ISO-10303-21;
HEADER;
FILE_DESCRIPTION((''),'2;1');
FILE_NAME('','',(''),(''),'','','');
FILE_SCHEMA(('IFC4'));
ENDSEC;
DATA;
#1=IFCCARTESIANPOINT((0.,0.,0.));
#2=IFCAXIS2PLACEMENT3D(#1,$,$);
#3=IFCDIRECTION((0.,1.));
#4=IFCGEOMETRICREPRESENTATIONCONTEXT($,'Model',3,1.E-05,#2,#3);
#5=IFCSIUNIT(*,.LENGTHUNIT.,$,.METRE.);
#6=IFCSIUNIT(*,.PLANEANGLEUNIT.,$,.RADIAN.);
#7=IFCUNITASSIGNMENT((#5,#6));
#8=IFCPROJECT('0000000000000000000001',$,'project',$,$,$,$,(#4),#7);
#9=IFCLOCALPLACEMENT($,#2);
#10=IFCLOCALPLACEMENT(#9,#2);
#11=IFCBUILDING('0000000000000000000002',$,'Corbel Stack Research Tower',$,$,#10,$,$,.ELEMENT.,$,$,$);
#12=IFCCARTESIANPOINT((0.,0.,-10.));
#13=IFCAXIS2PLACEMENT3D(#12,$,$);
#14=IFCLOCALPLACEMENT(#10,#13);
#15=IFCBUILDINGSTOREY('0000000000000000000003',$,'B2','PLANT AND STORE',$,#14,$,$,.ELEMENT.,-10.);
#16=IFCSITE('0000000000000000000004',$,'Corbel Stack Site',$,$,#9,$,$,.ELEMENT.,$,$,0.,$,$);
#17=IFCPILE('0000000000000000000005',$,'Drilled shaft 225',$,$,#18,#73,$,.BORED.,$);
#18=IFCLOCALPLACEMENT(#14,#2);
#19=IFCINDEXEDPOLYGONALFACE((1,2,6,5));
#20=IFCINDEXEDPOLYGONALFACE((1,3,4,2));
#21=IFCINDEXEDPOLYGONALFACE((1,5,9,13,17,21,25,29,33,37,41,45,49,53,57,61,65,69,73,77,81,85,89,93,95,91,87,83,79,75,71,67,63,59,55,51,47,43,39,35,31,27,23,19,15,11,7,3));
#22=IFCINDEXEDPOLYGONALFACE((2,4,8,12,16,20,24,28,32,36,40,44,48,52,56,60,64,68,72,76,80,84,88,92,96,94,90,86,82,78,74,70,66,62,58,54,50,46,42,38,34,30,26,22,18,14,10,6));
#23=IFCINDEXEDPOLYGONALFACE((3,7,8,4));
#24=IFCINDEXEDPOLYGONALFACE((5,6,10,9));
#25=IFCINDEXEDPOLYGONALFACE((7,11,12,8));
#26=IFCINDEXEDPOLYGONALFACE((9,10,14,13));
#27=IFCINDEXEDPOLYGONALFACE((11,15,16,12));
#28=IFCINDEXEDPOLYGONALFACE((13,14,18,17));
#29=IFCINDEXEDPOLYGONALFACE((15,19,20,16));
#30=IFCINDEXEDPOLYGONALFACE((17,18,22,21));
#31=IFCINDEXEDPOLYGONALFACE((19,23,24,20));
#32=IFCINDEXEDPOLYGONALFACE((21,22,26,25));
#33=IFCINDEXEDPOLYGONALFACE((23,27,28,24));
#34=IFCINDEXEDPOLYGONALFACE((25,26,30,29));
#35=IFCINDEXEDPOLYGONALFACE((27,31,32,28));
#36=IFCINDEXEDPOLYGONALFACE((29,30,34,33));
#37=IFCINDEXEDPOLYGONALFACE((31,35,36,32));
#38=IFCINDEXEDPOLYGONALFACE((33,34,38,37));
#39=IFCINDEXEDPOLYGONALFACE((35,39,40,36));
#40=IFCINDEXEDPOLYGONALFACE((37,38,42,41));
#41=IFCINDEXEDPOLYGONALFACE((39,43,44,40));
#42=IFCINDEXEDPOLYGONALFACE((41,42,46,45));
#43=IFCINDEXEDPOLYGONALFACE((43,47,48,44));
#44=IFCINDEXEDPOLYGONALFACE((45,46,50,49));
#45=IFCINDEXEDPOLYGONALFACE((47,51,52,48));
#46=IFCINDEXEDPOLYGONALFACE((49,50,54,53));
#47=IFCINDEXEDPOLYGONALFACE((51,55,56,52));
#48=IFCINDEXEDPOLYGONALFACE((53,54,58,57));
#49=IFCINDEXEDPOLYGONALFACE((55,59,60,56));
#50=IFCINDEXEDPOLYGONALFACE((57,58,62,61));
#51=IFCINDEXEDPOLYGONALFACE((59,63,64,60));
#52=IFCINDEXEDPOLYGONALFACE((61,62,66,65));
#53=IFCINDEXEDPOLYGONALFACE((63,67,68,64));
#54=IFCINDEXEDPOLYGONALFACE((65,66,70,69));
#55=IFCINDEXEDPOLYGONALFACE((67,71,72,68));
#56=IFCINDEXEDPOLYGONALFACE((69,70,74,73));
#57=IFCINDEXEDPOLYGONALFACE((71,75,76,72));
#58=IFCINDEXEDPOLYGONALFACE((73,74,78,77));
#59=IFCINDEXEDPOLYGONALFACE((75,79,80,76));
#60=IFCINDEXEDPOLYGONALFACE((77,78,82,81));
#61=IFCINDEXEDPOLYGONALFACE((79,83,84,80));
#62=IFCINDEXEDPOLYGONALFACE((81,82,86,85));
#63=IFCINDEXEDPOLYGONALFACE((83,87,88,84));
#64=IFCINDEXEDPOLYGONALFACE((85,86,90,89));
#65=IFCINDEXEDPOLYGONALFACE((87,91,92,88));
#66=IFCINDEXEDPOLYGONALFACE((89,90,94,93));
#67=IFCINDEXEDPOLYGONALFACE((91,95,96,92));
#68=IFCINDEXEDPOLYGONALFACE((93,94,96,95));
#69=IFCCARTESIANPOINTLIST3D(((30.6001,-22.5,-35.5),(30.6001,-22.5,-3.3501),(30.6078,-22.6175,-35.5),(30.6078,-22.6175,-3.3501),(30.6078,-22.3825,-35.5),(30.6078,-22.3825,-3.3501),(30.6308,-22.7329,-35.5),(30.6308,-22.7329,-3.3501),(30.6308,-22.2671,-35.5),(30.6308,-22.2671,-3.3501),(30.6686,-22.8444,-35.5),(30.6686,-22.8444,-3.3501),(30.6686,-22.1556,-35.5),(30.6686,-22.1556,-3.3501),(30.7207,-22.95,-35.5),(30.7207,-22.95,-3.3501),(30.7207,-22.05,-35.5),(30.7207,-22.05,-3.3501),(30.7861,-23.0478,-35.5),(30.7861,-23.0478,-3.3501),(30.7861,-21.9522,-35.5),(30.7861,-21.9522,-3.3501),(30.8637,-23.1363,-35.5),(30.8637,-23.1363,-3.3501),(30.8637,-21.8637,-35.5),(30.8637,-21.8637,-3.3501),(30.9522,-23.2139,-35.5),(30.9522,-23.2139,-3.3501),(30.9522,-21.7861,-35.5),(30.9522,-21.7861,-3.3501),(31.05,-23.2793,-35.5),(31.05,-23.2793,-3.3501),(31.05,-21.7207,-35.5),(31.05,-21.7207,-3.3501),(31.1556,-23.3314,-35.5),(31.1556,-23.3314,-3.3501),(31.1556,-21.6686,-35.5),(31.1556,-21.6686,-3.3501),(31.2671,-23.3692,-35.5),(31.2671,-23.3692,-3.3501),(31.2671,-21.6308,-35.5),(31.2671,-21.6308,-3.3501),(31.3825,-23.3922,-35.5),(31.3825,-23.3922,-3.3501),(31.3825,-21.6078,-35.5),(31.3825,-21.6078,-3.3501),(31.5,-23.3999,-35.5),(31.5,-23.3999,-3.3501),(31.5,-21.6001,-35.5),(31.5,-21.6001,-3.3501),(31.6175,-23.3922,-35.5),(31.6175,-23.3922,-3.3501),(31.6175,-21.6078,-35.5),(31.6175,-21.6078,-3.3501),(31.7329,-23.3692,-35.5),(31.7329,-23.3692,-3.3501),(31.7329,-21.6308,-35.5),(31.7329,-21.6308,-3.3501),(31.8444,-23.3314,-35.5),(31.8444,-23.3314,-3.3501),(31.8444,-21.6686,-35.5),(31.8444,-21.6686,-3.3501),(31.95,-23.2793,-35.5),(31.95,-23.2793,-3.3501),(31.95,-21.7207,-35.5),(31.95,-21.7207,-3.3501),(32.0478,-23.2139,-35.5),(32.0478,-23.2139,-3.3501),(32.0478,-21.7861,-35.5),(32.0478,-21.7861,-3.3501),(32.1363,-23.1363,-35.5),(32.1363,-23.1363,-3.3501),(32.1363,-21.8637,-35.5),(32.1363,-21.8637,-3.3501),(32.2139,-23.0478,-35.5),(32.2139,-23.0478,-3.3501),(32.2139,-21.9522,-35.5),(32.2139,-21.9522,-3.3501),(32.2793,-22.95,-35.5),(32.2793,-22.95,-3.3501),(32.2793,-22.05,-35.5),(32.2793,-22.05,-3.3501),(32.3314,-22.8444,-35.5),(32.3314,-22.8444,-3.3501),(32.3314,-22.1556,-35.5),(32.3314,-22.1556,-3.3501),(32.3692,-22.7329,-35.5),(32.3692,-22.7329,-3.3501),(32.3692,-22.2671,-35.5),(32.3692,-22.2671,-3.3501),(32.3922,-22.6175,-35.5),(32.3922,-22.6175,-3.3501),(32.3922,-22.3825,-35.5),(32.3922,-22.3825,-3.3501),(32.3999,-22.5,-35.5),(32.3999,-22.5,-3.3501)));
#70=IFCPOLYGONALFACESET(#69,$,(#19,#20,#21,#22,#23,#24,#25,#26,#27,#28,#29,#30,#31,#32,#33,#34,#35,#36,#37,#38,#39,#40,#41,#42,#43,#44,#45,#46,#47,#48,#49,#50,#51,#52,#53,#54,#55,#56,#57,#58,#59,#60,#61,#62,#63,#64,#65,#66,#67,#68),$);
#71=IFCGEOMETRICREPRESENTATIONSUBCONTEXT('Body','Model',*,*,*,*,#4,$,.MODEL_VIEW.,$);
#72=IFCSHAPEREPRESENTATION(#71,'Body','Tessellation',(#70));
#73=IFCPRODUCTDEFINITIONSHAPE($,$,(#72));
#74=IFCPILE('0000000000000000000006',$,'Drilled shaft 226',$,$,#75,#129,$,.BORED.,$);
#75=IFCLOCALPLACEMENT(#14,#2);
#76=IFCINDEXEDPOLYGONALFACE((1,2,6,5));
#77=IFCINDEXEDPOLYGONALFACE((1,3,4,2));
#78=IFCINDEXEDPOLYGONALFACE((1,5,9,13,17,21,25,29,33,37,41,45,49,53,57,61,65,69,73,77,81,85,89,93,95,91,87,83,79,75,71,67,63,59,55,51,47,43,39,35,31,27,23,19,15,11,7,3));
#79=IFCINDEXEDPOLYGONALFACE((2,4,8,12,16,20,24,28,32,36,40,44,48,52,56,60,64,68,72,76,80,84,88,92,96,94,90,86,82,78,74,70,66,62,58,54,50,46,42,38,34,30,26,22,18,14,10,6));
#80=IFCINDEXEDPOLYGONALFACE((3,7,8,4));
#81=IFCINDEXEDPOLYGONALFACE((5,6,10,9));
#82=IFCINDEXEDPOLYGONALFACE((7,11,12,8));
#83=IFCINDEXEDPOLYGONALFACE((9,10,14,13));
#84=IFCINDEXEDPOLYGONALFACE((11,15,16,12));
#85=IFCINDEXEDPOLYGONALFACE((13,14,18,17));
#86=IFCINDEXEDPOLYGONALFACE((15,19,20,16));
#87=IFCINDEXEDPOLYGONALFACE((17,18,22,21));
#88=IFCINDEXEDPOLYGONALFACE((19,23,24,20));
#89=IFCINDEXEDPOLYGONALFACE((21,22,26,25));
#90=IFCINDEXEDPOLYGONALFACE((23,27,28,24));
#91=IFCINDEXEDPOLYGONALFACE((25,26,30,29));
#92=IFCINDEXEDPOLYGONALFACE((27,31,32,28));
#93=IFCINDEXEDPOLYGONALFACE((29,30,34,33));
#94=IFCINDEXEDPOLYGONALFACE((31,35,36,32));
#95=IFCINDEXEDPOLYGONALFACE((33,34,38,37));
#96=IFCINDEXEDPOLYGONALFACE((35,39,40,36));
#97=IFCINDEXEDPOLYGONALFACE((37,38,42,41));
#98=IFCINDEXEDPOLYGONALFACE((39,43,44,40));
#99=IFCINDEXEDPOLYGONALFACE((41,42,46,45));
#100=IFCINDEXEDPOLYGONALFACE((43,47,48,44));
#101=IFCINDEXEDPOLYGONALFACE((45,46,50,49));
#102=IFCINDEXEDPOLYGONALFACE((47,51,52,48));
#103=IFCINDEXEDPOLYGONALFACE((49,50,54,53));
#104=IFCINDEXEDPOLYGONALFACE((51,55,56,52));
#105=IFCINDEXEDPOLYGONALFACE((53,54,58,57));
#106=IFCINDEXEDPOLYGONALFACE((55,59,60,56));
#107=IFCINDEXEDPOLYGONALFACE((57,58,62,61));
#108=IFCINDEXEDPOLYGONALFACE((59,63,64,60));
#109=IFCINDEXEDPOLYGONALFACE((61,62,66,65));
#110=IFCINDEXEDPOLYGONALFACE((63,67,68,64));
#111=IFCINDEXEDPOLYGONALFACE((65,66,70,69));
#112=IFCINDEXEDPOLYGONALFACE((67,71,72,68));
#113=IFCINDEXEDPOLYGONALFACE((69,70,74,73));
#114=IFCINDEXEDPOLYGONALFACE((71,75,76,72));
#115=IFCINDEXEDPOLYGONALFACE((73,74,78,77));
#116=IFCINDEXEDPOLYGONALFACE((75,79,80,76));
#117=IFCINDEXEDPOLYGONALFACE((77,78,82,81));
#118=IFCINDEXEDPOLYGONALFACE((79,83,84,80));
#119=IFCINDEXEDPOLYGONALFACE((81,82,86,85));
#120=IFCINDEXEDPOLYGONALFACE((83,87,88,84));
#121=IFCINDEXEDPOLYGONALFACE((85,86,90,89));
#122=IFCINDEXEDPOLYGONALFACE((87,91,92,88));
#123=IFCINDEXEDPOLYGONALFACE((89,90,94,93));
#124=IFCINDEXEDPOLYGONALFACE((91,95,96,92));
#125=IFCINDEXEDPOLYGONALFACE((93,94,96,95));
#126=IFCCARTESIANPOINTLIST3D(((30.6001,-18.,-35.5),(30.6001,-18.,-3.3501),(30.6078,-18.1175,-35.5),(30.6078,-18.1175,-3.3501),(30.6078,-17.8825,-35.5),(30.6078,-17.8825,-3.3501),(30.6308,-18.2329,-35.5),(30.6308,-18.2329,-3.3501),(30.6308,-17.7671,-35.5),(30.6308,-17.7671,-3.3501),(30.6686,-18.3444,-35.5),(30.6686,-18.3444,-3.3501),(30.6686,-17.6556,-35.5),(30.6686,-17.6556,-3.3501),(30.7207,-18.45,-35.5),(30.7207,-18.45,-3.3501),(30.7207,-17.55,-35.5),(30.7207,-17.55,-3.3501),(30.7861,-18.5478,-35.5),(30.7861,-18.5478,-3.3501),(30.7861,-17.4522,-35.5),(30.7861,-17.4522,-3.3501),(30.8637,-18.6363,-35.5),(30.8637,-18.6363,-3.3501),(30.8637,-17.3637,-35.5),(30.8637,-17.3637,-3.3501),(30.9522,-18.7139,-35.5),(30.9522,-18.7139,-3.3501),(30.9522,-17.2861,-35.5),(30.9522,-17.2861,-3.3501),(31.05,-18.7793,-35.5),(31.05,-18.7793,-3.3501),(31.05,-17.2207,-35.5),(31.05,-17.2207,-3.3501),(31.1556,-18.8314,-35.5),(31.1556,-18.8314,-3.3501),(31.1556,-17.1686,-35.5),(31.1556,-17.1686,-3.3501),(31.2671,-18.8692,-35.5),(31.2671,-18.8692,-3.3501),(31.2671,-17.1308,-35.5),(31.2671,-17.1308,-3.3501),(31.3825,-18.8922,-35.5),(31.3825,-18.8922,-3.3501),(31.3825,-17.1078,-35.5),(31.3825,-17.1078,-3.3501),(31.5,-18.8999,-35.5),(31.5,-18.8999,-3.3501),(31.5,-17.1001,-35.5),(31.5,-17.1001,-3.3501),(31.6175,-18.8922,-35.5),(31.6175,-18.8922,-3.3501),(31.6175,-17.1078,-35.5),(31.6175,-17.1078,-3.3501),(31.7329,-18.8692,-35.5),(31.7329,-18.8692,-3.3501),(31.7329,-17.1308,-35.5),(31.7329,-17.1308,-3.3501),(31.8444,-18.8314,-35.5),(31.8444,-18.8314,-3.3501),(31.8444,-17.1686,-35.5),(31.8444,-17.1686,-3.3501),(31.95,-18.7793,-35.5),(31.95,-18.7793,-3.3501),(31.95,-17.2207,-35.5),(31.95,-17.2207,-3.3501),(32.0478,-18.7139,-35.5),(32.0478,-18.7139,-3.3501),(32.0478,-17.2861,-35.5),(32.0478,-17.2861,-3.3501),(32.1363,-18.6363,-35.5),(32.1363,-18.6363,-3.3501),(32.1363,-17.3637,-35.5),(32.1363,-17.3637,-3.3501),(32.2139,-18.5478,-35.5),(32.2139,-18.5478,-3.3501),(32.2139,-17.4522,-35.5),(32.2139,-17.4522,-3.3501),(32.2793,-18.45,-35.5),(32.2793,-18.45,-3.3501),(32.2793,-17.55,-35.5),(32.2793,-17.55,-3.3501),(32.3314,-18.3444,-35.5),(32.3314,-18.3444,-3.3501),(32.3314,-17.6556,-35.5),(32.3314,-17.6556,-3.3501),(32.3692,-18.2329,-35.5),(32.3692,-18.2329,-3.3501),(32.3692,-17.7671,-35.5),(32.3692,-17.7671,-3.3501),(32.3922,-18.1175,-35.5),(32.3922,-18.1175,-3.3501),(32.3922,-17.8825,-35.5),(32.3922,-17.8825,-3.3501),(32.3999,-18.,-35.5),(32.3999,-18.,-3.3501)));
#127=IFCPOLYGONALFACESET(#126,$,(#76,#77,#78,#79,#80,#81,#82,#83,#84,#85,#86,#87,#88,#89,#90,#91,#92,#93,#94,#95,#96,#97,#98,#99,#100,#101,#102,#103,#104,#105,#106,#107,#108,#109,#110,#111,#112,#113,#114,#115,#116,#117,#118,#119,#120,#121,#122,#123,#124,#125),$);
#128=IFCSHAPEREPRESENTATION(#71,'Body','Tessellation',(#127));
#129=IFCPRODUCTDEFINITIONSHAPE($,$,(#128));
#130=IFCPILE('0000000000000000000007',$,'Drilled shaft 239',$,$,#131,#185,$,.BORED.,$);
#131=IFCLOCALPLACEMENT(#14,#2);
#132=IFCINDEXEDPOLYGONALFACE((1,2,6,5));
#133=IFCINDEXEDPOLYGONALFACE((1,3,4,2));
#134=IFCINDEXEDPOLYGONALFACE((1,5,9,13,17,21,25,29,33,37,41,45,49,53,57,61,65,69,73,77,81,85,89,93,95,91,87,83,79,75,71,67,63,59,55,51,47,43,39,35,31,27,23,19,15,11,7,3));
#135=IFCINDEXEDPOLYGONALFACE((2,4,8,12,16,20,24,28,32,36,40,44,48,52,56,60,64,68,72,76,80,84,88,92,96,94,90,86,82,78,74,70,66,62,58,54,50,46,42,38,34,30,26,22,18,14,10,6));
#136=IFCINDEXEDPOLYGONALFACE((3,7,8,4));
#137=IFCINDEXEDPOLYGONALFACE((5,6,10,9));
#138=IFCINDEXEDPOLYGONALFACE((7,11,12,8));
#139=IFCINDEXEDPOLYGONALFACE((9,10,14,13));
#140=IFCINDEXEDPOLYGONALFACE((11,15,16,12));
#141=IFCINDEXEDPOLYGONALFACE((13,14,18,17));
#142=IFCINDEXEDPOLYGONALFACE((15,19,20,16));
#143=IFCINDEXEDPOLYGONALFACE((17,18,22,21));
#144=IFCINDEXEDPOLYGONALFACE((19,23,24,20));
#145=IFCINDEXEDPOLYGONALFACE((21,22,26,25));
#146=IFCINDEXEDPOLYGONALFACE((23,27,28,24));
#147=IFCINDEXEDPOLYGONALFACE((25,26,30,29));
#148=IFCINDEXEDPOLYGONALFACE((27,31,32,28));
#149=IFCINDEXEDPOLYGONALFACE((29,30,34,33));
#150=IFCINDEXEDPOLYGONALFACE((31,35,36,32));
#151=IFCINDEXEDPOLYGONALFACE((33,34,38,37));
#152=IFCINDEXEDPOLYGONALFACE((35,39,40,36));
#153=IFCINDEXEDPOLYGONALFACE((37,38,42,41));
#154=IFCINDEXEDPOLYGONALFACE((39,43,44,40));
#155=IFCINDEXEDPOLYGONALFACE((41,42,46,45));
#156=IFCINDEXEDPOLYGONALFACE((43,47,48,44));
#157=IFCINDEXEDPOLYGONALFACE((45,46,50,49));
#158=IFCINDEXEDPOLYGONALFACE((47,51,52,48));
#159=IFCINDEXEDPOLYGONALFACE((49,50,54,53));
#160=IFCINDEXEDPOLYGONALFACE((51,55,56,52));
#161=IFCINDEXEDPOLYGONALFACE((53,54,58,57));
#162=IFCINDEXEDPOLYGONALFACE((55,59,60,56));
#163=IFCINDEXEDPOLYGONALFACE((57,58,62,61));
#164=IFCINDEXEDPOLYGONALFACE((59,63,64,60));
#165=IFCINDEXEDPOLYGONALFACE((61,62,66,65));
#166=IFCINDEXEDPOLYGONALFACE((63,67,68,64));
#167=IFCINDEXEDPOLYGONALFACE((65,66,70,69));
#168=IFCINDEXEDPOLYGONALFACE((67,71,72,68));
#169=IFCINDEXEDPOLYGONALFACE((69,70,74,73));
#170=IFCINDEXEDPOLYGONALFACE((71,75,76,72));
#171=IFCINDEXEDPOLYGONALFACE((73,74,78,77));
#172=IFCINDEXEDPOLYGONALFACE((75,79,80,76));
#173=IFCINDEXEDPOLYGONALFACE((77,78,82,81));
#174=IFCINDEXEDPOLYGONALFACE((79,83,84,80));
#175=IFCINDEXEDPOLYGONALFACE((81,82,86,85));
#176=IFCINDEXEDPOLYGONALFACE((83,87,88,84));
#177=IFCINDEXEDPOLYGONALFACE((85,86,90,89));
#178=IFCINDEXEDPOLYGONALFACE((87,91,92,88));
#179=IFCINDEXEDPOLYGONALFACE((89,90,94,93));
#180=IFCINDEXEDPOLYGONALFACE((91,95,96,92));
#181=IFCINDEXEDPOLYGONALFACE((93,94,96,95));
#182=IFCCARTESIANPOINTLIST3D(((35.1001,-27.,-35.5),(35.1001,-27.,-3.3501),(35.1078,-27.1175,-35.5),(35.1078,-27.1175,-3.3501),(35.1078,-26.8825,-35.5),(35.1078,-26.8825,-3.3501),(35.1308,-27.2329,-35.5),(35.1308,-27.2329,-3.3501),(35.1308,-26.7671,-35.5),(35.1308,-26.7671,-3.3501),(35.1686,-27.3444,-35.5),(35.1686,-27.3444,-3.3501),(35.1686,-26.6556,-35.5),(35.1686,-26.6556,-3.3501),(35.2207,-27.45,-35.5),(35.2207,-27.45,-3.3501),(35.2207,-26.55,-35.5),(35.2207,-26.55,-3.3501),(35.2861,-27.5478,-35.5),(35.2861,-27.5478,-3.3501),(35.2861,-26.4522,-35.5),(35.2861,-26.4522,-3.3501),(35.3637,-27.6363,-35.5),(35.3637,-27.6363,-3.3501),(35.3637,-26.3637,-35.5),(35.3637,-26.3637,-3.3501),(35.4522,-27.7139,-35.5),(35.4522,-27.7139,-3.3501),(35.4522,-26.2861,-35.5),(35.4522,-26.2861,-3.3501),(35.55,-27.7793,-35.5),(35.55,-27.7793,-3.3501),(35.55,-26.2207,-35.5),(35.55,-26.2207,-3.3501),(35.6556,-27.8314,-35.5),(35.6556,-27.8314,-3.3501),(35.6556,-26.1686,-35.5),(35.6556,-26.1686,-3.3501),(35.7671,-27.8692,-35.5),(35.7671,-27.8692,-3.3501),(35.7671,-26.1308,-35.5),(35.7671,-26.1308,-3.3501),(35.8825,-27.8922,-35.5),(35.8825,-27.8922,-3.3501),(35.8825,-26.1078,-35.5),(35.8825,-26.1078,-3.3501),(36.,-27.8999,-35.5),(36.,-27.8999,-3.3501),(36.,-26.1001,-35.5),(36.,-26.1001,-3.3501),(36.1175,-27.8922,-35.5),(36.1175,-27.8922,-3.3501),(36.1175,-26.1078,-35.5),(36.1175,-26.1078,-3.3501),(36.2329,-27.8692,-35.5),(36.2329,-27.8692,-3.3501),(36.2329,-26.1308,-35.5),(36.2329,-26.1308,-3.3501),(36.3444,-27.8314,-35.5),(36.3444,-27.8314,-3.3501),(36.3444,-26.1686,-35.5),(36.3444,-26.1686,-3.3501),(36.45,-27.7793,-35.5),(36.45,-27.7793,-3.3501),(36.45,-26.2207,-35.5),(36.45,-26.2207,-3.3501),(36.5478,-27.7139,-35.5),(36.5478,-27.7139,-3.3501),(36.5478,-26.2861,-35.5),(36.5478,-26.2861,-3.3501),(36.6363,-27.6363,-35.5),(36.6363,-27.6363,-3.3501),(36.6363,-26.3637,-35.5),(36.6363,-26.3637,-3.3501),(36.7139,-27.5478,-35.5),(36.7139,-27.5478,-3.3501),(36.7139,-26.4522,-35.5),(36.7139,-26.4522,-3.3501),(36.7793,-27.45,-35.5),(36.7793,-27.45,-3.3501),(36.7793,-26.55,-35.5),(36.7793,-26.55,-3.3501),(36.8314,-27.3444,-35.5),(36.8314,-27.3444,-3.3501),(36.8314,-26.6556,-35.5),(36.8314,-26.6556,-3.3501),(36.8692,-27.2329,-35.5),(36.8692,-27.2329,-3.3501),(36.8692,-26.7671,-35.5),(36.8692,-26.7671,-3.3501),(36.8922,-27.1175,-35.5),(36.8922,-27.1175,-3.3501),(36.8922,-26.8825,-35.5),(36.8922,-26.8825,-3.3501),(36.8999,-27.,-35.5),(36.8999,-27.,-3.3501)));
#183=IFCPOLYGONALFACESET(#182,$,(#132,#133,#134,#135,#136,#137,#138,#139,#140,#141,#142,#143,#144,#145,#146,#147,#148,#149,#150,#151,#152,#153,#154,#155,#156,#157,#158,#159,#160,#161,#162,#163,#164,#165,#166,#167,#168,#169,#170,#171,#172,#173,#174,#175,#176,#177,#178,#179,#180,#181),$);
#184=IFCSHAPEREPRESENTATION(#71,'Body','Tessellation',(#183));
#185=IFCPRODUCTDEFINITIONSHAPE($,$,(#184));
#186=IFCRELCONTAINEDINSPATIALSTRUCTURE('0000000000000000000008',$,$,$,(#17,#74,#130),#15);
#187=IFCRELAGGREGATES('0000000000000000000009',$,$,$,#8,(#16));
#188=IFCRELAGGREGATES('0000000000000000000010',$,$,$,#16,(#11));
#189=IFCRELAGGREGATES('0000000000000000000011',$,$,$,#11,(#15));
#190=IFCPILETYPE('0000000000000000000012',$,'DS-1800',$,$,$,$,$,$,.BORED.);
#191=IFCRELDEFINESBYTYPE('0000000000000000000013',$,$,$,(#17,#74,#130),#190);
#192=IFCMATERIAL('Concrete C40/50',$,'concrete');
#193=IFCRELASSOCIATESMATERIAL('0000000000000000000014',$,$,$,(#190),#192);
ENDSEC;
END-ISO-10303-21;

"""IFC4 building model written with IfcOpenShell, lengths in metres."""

from ifc_helpers import new_model, si_unit, direction, frame, origin, origin_2d, place, context, subcontext, project, spatial, circle, extrude, material, material_profile, profile_set, type_object, element, save


model = new_model("IFC4")

# Units and contexts
model_context = context("Model", 3, precision=1e-05, world=origin(), true_north=direction((0.0, 1.0)))
body_context = subcontext(model_context, "Body", "Model", "MODEL_VIEW")
ifc_project = project(units=[si_unit("LENGTHUNIT", "METRE"), si_unit("PLANEANGLEUNIT", "RADIAN")], contexts=[model_context])

# Site, building, storey
site_placement = place(None, origin())
site = spatial("IfcSite", under=ifc_project, at=site_placement, Name="Corbel Stack Site", CompositionType="ELEMENT", RefElevation=0.0)
building_placement = place(site_placement, origin())
building = spatial("IfcBuilding", under=site, at=building_placement, Name="Corbel Stack Research Tower", CompositionType="ELEMENT")
storey_placement = place(building_placement, frame((0.0, 0.0, -10.0)))
storey = spatial("IfcBuildingStorey", under=building, at=storey_placement, Name="B2", Description="PLANT AND STORE", CompositionType="ELEMENT", Elevation=-10.0)

# Piles
ifc_material_1 = material(Name="Concrete C40/50", Category="concrete")
ifc_material_profile_1 = material_profile(ifc_material_1, circle(Radius=0.8999, at=origin_2d()), Name="Shaft 1800")
ifc_profile_set_1 = profile_set([ifc_material_profile_1], Name="Concrete C40/50")
pile_type = type_object("IfcPileType", Name="DS-1800", PredefinedType="BORED", material=ifc_profile_set_1)
for number, where, z_axis, x_axis, name in (
    (1, (31.5, -22.5, -3.3501), (0.0, 0.0, -1.0), (1.0, 0.0, 0.0), "Drilled shaft 225"),
    (2, (31.5, -18.0, -3.3501), (0.0, 0.0, -1.0), (1.0, 0.0, 0.0), "Drilled shaft 226"),
    (3, (36.0, -27.0, -3.3501), (0.0, 0.0, -1.0), (1.0, 0.0, 0.0), "Drilled shaft 239"),
):
    element("IfcPile", number, at=place(storey_placement, frame(where, z_axis=z_axis, x_axis=x_axis)), inside=storey, type_object=pile_type, Name=name, PredefinedType="BORED", context=body_context, shape_type="SweptSolid", body=[
        extrude(circle(Radius=0.8999, at=origin_2d()), origin(), (0.0, 0.0, 1.0), 32.1499),
    ])

save(model, "model.ifc")
